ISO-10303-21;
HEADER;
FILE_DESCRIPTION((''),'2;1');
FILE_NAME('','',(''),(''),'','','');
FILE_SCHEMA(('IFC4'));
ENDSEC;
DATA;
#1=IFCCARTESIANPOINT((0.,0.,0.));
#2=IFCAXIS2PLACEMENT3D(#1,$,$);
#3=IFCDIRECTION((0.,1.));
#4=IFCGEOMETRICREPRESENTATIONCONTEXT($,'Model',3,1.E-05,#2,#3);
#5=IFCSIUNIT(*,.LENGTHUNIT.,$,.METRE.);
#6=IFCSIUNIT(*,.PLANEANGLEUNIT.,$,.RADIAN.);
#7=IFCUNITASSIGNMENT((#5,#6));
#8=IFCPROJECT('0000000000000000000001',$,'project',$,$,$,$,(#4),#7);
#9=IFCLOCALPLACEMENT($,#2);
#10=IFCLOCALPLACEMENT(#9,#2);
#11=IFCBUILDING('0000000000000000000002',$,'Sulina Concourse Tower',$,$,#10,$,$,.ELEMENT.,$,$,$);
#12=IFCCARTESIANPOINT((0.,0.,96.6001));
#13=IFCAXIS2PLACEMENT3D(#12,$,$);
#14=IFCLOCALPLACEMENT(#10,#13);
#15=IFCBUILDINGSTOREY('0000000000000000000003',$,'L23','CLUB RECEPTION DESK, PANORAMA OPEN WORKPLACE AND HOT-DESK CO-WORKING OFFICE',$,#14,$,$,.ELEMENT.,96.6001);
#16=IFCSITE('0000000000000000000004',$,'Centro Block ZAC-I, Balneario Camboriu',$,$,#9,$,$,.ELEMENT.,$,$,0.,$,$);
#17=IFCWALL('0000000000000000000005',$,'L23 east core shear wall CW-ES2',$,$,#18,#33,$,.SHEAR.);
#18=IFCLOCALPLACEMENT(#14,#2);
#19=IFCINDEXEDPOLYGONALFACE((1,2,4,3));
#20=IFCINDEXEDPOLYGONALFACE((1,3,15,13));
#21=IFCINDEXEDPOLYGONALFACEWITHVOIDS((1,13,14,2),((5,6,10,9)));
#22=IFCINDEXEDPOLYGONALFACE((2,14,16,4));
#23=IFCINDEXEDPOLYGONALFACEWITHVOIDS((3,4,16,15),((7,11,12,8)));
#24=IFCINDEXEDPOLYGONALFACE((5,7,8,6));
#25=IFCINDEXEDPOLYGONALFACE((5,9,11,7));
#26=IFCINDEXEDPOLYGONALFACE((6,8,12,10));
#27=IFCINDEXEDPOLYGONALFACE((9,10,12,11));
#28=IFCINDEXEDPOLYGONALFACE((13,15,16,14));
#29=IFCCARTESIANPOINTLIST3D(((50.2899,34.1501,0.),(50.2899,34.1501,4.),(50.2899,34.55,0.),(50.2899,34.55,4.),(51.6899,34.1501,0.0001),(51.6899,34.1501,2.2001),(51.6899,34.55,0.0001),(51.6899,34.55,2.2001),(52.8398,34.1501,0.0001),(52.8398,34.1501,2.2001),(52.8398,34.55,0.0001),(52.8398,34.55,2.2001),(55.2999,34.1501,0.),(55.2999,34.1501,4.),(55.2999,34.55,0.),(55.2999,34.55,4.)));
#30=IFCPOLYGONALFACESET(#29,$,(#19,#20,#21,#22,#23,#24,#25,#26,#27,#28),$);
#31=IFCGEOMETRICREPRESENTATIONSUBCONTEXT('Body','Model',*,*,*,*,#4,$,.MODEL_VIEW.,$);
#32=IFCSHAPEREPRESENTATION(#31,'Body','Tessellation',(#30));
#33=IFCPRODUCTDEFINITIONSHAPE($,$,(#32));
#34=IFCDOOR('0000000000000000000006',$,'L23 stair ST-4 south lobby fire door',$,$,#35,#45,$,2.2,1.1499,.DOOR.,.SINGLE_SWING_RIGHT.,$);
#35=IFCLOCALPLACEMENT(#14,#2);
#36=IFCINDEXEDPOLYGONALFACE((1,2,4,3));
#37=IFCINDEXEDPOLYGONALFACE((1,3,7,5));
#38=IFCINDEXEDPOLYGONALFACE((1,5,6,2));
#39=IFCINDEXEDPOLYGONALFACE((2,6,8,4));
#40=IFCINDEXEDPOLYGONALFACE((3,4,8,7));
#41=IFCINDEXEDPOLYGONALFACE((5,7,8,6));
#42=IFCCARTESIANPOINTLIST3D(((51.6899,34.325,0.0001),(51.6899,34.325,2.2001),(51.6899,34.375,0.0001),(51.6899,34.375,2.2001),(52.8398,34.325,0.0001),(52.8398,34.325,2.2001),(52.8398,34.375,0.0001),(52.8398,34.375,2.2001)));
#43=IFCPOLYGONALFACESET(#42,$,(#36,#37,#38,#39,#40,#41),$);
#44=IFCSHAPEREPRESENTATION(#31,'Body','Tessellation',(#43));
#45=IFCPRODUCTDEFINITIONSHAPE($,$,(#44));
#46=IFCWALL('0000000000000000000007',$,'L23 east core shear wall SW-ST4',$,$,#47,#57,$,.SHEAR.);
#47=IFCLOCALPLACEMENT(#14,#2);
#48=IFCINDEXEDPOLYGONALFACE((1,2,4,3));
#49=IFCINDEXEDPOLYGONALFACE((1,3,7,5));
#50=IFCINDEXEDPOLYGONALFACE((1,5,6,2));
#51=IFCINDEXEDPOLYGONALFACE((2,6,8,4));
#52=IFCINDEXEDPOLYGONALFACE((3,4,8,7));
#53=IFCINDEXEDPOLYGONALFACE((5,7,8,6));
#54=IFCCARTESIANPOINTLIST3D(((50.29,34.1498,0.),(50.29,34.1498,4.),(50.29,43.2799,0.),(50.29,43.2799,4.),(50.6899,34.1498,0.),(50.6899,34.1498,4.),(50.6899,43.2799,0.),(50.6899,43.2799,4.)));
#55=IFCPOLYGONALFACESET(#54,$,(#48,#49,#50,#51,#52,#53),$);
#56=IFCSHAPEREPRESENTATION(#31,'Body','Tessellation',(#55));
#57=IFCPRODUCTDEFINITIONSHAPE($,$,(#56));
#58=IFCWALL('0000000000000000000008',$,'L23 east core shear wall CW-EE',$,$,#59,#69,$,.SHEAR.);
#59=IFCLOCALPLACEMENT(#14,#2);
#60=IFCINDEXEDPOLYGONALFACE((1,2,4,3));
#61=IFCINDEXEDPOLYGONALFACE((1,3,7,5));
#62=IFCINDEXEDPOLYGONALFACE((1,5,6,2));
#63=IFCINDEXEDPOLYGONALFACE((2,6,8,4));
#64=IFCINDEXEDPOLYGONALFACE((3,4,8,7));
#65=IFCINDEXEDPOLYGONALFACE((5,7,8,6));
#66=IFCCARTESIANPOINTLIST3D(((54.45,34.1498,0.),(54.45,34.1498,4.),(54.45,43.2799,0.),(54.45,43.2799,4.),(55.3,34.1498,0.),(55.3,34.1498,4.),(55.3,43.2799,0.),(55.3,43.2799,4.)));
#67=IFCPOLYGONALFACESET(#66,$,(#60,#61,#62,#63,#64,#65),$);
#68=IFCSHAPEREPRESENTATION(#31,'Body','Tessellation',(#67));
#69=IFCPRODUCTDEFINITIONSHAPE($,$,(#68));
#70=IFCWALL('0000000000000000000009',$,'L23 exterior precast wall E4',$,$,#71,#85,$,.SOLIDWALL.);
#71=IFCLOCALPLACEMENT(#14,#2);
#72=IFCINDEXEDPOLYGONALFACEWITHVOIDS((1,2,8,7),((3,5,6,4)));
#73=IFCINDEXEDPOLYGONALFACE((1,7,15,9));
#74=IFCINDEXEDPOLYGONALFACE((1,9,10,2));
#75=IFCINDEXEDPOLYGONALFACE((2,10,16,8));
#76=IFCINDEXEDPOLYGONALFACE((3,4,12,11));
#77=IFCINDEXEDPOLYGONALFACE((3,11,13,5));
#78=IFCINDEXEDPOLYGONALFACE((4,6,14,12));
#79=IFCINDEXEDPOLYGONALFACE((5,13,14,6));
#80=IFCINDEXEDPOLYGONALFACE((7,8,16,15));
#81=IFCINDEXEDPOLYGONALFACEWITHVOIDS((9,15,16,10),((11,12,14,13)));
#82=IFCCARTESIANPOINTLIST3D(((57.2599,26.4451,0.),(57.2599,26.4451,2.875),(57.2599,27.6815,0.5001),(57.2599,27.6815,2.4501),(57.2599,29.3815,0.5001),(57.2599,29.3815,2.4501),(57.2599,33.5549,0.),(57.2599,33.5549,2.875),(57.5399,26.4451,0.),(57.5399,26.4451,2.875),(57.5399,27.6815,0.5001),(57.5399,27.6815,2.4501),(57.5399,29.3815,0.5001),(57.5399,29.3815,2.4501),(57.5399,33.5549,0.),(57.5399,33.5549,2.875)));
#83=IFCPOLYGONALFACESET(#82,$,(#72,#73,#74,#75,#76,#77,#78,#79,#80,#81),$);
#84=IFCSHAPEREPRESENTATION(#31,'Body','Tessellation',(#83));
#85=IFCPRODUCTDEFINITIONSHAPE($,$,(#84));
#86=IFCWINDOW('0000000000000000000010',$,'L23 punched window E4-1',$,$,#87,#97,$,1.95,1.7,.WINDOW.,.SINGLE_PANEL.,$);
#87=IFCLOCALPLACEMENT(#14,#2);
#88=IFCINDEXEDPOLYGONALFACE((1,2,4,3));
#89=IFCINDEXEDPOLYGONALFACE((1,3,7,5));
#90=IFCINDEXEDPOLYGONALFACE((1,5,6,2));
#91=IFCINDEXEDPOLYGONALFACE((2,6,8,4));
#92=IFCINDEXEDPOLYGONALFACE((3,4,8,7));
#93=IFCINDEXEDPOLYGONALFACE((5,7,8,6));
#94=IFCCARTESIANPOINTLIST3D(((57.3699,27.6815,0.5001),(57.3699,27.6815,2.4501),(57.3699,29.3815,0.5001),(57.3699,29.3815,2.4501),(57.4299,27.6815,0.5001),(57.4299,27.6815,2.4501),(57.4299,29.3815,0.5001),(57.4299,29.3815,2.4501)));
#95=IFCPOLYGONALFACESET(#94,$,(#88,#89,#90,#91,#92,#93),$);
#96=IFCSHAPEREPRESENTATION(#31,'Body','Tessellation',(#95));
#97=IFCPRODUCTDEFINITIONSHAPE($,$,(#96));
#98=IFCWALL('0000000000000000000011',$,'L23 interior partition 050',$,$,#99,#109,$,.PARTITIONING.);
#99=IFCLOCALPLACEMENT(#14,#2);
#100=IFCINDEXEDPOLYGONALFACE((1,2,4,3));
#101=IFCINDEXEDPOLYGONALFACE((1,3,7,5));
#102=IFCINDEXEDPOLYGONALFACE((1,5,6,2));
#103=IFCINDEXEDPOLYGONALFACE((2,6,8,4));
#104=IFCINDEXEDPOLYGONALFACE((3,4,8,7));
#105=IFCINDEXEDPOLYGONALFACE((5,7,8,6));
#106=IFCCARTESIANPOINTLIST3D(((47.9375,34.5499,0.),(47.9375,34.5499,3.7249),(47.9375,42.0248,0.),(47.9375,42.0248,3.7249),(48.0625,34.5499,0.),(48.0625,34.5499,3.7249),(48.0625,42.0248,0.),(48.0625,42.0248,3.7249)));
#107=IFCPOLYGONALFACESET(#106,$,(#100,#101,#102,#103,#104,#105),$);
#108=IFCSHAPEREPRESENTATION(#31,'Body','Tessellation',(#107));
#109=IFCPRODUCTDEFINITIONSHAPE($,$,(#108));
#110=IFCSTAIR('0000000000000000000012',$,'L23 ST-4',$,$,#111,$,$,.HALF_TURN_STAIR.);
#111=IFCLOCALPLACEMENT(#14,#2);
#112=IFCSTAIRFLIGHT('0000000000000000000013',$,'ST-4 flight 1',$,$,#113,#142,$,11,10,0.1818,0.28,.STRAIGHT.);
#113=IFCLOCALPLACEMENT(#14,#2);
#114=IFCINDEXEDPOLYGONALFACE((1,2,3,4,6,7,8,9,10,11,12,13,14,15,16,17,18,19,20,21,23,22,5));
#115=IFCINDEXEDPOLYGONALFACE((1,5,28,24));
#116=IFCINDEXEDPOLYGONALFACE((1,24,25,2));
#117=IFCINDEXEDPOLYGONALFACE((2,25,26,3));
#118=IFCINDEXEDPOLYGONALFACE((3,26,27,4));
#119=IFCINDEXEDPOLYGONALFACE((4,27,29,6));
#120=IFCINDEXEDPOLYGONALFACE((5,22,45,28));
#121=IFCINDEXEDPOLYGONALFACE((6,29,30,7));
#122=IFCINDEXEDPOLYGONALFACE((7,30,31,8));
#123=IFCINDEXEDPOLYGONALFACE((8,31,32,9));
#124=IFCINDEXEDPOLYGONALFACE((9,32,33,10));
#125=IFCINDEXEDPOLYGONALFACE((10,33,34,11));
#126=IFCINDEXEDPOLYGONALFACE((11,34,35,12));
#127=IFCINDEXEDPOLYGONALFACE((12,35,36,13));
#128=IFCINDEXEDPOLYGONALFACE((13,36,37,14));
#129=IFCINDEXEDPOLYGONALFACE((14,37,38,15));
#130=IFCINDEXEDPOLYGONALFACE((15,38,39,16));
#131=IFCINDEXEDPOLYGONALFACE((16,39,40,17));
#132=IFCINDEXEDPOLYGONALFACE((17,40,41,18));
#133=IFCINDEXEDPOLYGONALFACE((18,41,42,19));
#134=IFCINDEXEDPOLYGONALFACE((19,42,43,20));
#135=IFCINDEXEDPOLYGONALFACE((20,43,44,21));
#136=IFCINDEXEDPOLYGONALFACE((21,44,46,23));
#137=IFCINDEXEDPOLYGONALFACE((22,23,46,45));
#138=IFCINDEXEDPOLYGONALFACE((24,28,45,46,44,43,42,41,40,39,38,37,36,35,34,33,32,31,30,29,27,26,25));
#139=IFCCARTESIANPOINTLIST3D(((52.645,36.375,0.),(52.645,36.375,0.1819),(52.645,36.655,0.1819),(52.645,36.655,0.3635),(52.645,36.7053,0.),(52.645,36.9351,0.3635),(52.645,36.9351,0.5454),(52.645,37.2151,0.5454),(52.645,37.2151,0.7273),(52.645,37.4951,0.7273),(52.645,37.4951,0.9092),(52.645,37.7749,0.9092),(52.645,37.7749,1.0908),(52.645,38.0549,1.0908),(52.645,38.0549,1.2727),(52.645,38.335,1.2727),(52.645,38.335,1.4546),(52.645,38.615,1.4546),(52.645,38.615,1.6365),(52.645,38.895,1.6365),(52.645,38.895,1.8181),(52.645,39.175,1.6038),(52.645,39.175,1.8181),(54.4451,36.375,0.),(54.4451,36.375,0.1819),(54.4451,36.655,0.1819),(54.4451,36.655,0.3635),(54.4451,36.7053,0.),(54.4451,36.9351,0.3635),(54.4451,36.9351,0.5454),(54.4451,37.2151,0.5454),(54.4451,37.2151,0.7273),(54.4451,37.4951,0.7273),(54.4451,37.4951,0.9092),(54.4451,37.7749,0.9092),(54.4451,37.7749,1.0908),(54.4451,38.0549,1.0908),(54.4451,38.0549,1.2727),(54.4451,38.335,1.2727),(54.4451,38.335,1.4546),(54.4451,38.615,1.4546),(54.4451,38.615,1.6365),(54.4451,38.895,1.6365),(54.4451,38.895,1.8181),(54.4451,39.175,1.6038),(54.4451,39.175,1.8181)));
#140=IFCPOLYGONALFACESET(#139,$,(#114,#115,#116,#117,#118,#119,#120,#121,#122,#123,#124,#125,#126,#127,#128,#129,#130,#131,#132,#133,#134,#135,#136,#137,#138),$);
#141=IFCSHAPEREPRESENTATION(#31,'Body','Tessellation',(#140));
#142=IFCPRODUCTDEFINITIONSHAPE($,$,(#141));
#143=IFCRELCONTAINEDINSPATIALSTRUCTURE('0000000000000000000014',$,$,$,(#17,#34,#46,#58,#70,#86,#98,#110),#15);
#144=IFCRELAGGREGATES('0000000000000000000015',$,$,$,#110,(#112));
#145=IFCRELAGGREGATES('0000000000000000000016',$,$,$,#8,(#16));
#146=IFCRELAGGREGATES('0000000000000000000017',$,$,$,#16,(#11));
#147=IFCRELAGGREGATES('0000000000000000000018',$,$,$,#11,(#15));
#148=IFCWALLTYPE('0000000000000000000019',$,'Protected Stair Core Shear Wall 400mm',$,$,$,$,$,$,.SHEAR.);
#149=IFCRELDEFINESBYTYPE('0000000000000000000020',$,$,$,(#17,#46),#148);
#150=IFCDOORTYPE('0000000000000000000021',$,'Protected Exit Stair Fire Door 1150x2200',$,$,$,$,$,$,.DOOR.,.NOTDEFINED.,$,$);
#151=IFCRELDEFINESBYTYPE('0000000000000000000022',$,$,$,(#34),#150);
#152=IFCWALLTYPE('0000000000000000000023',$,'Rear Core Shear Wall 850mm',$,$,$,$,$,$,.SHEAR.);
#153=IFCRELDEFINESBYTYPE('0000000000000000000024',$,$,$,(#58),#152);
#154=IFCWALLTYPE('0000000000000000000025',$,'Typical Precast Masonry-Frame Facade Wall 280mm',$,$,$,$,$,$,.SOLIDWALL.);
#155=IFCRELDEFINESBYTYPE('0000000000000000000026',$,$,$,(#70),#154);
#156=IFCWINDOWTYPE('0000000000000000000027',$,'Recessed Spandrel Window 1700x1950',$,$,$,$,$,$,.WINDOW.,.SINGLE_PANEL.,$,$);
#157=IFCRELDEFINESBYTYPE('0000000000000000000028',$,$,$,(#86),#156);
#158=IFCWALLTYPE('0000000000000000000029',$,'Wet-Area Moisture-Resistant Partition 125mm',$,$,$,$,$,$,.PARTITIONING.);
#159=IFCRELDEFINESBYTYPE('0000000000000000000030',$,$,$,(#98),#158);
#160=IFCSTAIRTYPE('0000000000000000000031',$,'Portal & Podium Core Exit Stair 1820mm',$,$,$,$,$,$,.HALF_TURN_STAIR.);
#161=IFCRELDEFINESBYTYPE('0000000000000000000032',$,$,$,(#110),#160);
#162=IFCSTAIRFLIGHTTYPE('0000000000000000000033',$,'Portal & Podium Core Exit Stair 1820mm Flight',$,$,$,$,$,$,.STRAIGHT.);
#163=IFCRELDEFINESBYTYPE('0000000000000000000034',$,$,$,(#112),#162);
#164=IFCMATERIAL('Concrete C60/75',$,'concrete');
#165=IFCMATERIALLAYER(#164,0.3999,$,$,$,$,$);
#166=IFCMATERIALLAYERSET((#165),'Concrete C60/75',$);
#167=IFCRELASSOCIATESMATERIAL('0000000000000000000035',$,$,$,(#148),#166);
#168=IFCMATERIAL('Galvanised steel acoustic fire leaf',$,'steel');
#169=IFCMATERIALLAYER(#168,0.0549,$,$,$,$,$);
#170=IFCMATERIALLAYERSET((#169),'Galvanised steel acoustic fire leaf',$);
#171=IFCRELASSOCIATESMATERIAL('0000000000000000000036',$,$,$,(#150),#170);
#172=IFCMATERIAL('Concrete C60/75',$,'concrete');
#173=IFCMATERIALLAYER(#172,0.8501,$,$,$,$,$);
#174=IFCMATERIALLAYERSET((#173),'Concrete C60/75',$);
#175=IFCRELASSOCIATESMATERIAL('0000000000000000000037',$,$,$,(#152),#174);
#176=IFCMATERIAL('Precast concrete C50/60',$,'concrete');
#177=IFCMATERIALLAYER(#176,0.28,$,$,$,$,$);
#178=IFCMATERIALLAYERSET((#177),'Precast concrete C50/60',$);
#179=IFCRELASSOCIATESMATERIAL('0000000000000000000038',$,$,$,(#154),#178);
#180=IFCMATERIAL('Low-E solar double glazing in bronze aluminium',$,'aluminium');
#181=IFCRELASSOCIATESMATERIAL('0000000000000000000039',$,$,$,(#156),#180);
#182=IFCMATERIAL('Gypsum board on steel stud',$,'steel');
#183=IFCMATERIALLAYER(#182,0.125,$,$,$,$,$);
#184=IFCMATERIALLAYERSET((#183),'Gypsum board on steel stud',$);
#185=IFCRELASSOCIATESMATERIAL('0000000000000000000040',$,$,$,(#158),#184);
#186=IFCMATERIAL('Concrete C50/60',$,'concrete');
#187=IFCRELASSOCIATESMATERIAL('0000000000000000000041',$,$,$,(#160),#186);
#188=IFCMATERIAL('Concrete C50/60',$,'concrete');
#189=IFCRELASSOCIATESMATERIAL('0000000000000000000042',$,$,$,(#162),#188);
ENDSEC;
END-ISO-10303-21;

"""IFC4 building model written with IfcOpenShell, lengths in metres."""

from ifc_helpers import new_model, si_unit, direction, frame, frame_2d, origin, place, context, subcontext, project, spatial, polyline, rectangle, outline, extrude, material, layer, layer_set, type_object, element, fill, aggregate, save


model = new_model("IFC4")

# Units and contexts
model_context = context("Model", 3, precision=1e-05, world=origin(), true_north=direction((0.0, 1.0)))
body_context = subcontext(model_context, "Body", "Model", "MODEL_VIEW")
ifc_project = project(units=[si_unit("LENGTHUNIT", "METRE"), si_unit("PLANEANGLEUNIT", "RADIAN")], contexts=[model_context])

# Site, building, storey
site_placement = place(None, origin())
site = spatial("IfcSite", under=ifc_project, at=site_placement, Name="Centro Block ZAC-I, Balneario Camboriu", CompositionType="ELEMENT", RefElevation=0.0)
building_placement = place(site_placement, origin())
building = spatial("IfcBuilding", under=site, at=building_placement, Name="Sulina Concourse Tower", CompositionType="ELEMENT")
storey_placement = place(building_placement, frame((0.0, 0.0, 96.6001)))
storey = spatial("IfcBuildingStorey", under=building, at=storey_placement, Name="L23", Description="CLUB RECEPTION DESK, PANORAMA OPEN WORKPLACE AND HOT-DESK CO-WORKING OFFICE", CompositionType="ELEMENT", Elevation=96.6001)

# Shared definitions
ifc_material_1 = material(Name="Concrete C60/75", Category="concrete")
ifc_layer_1 = layer(ifc_material_1, 0.3999)
ifc_layer_set_1 = layer_set([ifc_layer_1], Name="Concrete C60/75")
wall_type_1 = type_object("IfcWallType", Name="Protected Stair Core Shear Wall 400mm", PredefinedType="SHEAR", material=ifc_layer_set_1)

# Wall, opening, door
wall_1_placement = place(storey_placement, frame((50.29, 34.3501, 0.0), z_axis=(0.0, 0.0, 1.0), x_axis=(1.0, 0.0, 0.0)))
wall_1 = element("IfcWall", 1, at=wall_1_placement, inside=storey, type_object=wall_type_1, Name="L23 east core shear wall CW-ES2", PredefinedType="SHEAR", context=body_context, shape_type="SweptSolid", body=[
    extrude(rectangle(XDim=5.01, YDim=0.3999, at=frame_2d((2.5049, 0.0))), origin(), (0.0, 0.0, 1.0), 4.0),
])
opening_1_placement = place(wall_1_placement, frame((1.3999, 0.0, 0.0)))
opening_1 = element("IfcOpeningElement", 2, at=opening_1_placement, cuts=wall_1, PredefinedType="OPENING", context=body_context, shape_type="SweptSolid", body=[
    extrude(rectangle(XDim=1.1499, YDim=2.2, at=frame_2d((0.575, 1.1001))), frame((0.0, 0.21, 0.0), z_axis=(0.0, -1.0, 0.0), x_axis=(1.0, 0.0, 0.0)), (0.0, 0.0, 1.0), 0.4199),
])
ifc_material_2 = material(Name="Galvanised steel acoustic fire leaf", Category="steel")
ifc_layer_2 = layer(ifc_material_2, 0.0549)
ifc_layer_set_2 = layer_set([ifc_layer_2], Name="Galvanised steel acoustic fire leaf")
door_type_1 = type_object("IfcDoorType", Name="Protected Exit Stair Fire Door 1150x2200", OperationType="NOTDEFINED", PredefinedType="DOOR", material=ifc_layer_set_2)
door_1_placement = place(opening_1_placement, origin())
door_1 = element("IfcDoor", 3, at=door_1_placement, inside=storey, type_object=door_type_1, Name="L23 stair ST-4 south lobby fire door", OperationType="SINGLE_SWING_RIGHT", OverallHeight=2.2, OverallWidth=1.1499, PredefinedType="DOOR", context=body_context, shape_type="SweptSolid", body=[
    extrude(rectangle(XDim=1.1499, YDim=2.2, at=frame_2d((0.575, 1.1001))), frame((0.0, 0.0249, 0.0), z_axis=(0.0, -1.0, 0.0), x_axis=(1.0, 0.0, 0.0)), (0.0, 0.0, 1.0), 0.05),
])
fill(opening_1, door_1)

# Walls
wall_2_placement = place(storey_placement, frame((50.49, 34.1499, 0.0), z_axis=(0.0, 0.0, 1.0), x_axis=(0.0, 1.0, 0.0)))
element("IfcWall", 4, at=wall_2_placement, inside=storey, type_object=wall_type_1, Name="L23 east core shear wall SW-ST4", PredefinedType="SHEAR", context=body_context, shape_type="SweptSolid", body=[
    extrude(rectangle(XDim=9.1301, YDim=0.3999, at=frame_2d((4.5649, 0.0))), origin(), (0.0, 0.0, 1.0), 4.0),
])
ifc_material_3 = material(Name="Concrete C60/75", Category="concrete")
ifc_layer_3 = layer(ifc_material_3, 0.8501)
ifc_layer_set_3 = layer_set([ifc_layer_3], Name="Concrete C60/75")
wall_type_2 = type_object("IfcWallType", Name="Rear Core Shear Wall 850mm", PredefinedType="SHEAR", material=ifc_layer_set_3)
wall_3_placement = place(storey_placement, frame((54.875, 34.1499, 0.0), z_axis=(0.0, 0.0, 1.0), x_axis=(0.0, 1.0, 0.0)))
element("IfcWall", 5, at=wall_3_placement, inside=storey, type_object=wall_type_2, Name="L23 east core shear wall CW-EE", PredefinedType="SHEAR", context=body_context, shape_type="SweptSolid", body=[
    extrude(rectangle(XDim=9.1301, YDim=0.8501, at=frame_2d((4.5649, 0.0))), origin(), (0.0, 0.0, 1.0), 4.0),
])

# Wall, opening, window
ifc_material_4 = material(Name="Precast concrete C50/60", Category="concrete")
ifc_layer_4 = layer(ifc_material_4, 0.28)
ifc_layer_set_4 = layer_set([ifc_layer_4], Name="Precast concrete C50/60")
wall_type_3 = type_object("IfcWallType", Name="Typical Precast Masonry-Frame Facade Wall 280mm", PredefinedType="SOLIDWALL", material=ifc_layer_set_4)
wall_4_placement = place(storey_placement, frame((57.3999, 33.5549, 0.0), z_axis=(0.0, 0.0, 1.0), x_axis=(0.0, -1.0, 0.0)))
wall_4 = element("IfcWall", 6, at=wall_4_placement, inside=storey, type_object=wall_type_3, Name="L23 exterior precast wall E4", PredefinedType="SOLIDWALL", context=body_context, shape_type="SweptSolid", body=[
    extrude(rectangle(XDim=7.1099, YDim=0.28, at=frame_2d((3.5549, 0.0))), origin(), (0.0, 0.0, 1.0), 2.875),
])
opening_2_placement = place(wall_4_placement, frame((4.1733, 0.0, 0.5)))
opening_2 = element("IfcOpeningElement", 7, at=opening_2_placement, cuts=wall_4, PredefinedType="OPENING", context=body_context, shape_type="SweptSolid", body=[
    extrude(rectangle(XDim=1.7, YDim=1.95, at=frame_2d((0.8501, 0.9751))), frame((0.0, 0.1499, 0.0), z_axis=(0.0, -1.0, 0.0), x_axis=(1.0, 0.0, 0.0)), (0.0, 0.0, 1.0), 0.3),
])
ifc_material_5 = material(Name="Low-E solar double glazing in bronze aluminium", Category="aluminium")
window_type = type_object("IfcWindowType", Name="Recessed Spandrel Window 1700x1950", PartitioningType="SINGLE_PANEL", PredefinedType="WINDOW", material=ifc_material_5)
window_placement = place(opening_2_placement, origin())
window = element("IfcWindow", 8, at=window_placement, inside=storey, type_object=window_type, Name="L23 punched window E4-1", OverallHeight=1.95, OverallWidth=1.7, PartitioningType="SINGLE_PANEL", PredefinedType="WINDOW", context=body_context, shape_type="SweptSolid", body=[
    extrude(rectangle(XDim=1.7, YDim=1.95, at=frame_2d((0.8501, 0.9751))), frame((0.0, 0.03, 0.0), z_axis=(0.0, -1.0, 0.0), x_axis=(1.0, 0.0, 0.0)), (0.0, 0.0, 1.0), 0.0601),
])
fill(opening_2, window)

# Wall
ifc_material_6 = material(Name="Gypsum board on steel stud", Category="steel")
ifc_layer_5 = layer(ifc_material_6, 0.125)
ifc_layer_set_5 = layer_set([ifc_layer_5], Name="Gypsum board on steel stud")
wall_type_4 = type_object("IfcWallType", Name="Wet-Area Moisture-Resistant Partition 125mm", PredefinedType="PARTITIONING", material=ifc_layer_set_5)
wall_5_placement = place(storey_placement, frame((48.0, 34.55, 0.0), z_axis=(0.0, 0.0, 1.0), x_axis=(0.0, 1.0, 0.0)))
element("IfcWall", 9, at=wall_5_placement, inside=storey, type_object=wall_type_4, Name="L23 interior partition 050", PredefinedType="PARTITIONING", context=body_context, shape_type="SweptSolid", body=[
    extrude(rectangle(XDim=7.4749, YDim=0.125, at=frame_2d((3.7373, 0.0))), origin(), (0.0, 0.0, 1.0), 3.7249),
])

# Stair, stair flight
ifc_material_7 = material(Name="Concrete C50/60", Category="concrete")
stair_type = type_object("IfcStairType", Name="Portal & Podium Core Exit Stair 1820mm", PredefinedType="HALF_TURN_STAIR", material=ifc_material_7)
stair_placement = place(storey_placement, origin())
stair = element("IfcStair", 10, at=stair_placement, inside=storey, type_object=stair_type, Name="L23 ST-4", PredefinedType="HALF_TURN_STAIR")
ifc_material_8 = material(Name="Concrete C50/60", Category="concrete")
stair_flight_type = type_object("IfcStairFlightType", Name="Portal & Podium Core Exit Stair 1820mm Flight", PredefinedType="STRAIGHT", material=ifc_material_8)
stair_flight_placement = place(storey_placement, frame((53.5449, 36.375, 0.0), z_axis=(0.0, 0.0, 1.0), x_axis=(0.0, 1.0, 0.0)))
stair_flight = element("IfcStairFlight", 11, at=stair_flight_placement, type_object=stair_flight_type, Name="ST-4 flight 1", NumberOfRisers=11, NumberOfTreads=10, PredefinedType="STRAIGHT", RiserHeight=0.1818, TreadLength=0.28, context=body_context, shape_type="SweptSolid", body=[
    extrude(outline(polyline([(0.0, 0.0), (0.0, 0.1819), (0.28, 0.1819), (0.28, 0.3635), (0.5601, 0.3635), (0.5601, 0.5454), (0.8401, 0.5454), (0.8401, 0.7273), (1.1201, 0.7273), (1.1201, 0.9092), (1.3999, 0.9092), (1.3999, 1.0908), (1.6799, 1.0908), (1.6799, 1.2727), (1.96, 1.2727), (1.96, 1.4546), (2.24, 1.4546), (2.24, 1.6365), (2.52, 1.6365), (2.52, 1.8181), (2.8, 1.8181), (2.8, 2.0), (2.8, 1.6038), (0.3303, 0.0), (0.0, 0.0)])), frame((0.0, 0.8999, 0.0), z_axis=(0.0, -1.0, 0.0), x_axis=(1.0, 0.0, 0.0)), (0.0, 0.0, 1.0), 1.8),
])
aggregate(stair, [stair_flight])

save(model, "model.ifc")
